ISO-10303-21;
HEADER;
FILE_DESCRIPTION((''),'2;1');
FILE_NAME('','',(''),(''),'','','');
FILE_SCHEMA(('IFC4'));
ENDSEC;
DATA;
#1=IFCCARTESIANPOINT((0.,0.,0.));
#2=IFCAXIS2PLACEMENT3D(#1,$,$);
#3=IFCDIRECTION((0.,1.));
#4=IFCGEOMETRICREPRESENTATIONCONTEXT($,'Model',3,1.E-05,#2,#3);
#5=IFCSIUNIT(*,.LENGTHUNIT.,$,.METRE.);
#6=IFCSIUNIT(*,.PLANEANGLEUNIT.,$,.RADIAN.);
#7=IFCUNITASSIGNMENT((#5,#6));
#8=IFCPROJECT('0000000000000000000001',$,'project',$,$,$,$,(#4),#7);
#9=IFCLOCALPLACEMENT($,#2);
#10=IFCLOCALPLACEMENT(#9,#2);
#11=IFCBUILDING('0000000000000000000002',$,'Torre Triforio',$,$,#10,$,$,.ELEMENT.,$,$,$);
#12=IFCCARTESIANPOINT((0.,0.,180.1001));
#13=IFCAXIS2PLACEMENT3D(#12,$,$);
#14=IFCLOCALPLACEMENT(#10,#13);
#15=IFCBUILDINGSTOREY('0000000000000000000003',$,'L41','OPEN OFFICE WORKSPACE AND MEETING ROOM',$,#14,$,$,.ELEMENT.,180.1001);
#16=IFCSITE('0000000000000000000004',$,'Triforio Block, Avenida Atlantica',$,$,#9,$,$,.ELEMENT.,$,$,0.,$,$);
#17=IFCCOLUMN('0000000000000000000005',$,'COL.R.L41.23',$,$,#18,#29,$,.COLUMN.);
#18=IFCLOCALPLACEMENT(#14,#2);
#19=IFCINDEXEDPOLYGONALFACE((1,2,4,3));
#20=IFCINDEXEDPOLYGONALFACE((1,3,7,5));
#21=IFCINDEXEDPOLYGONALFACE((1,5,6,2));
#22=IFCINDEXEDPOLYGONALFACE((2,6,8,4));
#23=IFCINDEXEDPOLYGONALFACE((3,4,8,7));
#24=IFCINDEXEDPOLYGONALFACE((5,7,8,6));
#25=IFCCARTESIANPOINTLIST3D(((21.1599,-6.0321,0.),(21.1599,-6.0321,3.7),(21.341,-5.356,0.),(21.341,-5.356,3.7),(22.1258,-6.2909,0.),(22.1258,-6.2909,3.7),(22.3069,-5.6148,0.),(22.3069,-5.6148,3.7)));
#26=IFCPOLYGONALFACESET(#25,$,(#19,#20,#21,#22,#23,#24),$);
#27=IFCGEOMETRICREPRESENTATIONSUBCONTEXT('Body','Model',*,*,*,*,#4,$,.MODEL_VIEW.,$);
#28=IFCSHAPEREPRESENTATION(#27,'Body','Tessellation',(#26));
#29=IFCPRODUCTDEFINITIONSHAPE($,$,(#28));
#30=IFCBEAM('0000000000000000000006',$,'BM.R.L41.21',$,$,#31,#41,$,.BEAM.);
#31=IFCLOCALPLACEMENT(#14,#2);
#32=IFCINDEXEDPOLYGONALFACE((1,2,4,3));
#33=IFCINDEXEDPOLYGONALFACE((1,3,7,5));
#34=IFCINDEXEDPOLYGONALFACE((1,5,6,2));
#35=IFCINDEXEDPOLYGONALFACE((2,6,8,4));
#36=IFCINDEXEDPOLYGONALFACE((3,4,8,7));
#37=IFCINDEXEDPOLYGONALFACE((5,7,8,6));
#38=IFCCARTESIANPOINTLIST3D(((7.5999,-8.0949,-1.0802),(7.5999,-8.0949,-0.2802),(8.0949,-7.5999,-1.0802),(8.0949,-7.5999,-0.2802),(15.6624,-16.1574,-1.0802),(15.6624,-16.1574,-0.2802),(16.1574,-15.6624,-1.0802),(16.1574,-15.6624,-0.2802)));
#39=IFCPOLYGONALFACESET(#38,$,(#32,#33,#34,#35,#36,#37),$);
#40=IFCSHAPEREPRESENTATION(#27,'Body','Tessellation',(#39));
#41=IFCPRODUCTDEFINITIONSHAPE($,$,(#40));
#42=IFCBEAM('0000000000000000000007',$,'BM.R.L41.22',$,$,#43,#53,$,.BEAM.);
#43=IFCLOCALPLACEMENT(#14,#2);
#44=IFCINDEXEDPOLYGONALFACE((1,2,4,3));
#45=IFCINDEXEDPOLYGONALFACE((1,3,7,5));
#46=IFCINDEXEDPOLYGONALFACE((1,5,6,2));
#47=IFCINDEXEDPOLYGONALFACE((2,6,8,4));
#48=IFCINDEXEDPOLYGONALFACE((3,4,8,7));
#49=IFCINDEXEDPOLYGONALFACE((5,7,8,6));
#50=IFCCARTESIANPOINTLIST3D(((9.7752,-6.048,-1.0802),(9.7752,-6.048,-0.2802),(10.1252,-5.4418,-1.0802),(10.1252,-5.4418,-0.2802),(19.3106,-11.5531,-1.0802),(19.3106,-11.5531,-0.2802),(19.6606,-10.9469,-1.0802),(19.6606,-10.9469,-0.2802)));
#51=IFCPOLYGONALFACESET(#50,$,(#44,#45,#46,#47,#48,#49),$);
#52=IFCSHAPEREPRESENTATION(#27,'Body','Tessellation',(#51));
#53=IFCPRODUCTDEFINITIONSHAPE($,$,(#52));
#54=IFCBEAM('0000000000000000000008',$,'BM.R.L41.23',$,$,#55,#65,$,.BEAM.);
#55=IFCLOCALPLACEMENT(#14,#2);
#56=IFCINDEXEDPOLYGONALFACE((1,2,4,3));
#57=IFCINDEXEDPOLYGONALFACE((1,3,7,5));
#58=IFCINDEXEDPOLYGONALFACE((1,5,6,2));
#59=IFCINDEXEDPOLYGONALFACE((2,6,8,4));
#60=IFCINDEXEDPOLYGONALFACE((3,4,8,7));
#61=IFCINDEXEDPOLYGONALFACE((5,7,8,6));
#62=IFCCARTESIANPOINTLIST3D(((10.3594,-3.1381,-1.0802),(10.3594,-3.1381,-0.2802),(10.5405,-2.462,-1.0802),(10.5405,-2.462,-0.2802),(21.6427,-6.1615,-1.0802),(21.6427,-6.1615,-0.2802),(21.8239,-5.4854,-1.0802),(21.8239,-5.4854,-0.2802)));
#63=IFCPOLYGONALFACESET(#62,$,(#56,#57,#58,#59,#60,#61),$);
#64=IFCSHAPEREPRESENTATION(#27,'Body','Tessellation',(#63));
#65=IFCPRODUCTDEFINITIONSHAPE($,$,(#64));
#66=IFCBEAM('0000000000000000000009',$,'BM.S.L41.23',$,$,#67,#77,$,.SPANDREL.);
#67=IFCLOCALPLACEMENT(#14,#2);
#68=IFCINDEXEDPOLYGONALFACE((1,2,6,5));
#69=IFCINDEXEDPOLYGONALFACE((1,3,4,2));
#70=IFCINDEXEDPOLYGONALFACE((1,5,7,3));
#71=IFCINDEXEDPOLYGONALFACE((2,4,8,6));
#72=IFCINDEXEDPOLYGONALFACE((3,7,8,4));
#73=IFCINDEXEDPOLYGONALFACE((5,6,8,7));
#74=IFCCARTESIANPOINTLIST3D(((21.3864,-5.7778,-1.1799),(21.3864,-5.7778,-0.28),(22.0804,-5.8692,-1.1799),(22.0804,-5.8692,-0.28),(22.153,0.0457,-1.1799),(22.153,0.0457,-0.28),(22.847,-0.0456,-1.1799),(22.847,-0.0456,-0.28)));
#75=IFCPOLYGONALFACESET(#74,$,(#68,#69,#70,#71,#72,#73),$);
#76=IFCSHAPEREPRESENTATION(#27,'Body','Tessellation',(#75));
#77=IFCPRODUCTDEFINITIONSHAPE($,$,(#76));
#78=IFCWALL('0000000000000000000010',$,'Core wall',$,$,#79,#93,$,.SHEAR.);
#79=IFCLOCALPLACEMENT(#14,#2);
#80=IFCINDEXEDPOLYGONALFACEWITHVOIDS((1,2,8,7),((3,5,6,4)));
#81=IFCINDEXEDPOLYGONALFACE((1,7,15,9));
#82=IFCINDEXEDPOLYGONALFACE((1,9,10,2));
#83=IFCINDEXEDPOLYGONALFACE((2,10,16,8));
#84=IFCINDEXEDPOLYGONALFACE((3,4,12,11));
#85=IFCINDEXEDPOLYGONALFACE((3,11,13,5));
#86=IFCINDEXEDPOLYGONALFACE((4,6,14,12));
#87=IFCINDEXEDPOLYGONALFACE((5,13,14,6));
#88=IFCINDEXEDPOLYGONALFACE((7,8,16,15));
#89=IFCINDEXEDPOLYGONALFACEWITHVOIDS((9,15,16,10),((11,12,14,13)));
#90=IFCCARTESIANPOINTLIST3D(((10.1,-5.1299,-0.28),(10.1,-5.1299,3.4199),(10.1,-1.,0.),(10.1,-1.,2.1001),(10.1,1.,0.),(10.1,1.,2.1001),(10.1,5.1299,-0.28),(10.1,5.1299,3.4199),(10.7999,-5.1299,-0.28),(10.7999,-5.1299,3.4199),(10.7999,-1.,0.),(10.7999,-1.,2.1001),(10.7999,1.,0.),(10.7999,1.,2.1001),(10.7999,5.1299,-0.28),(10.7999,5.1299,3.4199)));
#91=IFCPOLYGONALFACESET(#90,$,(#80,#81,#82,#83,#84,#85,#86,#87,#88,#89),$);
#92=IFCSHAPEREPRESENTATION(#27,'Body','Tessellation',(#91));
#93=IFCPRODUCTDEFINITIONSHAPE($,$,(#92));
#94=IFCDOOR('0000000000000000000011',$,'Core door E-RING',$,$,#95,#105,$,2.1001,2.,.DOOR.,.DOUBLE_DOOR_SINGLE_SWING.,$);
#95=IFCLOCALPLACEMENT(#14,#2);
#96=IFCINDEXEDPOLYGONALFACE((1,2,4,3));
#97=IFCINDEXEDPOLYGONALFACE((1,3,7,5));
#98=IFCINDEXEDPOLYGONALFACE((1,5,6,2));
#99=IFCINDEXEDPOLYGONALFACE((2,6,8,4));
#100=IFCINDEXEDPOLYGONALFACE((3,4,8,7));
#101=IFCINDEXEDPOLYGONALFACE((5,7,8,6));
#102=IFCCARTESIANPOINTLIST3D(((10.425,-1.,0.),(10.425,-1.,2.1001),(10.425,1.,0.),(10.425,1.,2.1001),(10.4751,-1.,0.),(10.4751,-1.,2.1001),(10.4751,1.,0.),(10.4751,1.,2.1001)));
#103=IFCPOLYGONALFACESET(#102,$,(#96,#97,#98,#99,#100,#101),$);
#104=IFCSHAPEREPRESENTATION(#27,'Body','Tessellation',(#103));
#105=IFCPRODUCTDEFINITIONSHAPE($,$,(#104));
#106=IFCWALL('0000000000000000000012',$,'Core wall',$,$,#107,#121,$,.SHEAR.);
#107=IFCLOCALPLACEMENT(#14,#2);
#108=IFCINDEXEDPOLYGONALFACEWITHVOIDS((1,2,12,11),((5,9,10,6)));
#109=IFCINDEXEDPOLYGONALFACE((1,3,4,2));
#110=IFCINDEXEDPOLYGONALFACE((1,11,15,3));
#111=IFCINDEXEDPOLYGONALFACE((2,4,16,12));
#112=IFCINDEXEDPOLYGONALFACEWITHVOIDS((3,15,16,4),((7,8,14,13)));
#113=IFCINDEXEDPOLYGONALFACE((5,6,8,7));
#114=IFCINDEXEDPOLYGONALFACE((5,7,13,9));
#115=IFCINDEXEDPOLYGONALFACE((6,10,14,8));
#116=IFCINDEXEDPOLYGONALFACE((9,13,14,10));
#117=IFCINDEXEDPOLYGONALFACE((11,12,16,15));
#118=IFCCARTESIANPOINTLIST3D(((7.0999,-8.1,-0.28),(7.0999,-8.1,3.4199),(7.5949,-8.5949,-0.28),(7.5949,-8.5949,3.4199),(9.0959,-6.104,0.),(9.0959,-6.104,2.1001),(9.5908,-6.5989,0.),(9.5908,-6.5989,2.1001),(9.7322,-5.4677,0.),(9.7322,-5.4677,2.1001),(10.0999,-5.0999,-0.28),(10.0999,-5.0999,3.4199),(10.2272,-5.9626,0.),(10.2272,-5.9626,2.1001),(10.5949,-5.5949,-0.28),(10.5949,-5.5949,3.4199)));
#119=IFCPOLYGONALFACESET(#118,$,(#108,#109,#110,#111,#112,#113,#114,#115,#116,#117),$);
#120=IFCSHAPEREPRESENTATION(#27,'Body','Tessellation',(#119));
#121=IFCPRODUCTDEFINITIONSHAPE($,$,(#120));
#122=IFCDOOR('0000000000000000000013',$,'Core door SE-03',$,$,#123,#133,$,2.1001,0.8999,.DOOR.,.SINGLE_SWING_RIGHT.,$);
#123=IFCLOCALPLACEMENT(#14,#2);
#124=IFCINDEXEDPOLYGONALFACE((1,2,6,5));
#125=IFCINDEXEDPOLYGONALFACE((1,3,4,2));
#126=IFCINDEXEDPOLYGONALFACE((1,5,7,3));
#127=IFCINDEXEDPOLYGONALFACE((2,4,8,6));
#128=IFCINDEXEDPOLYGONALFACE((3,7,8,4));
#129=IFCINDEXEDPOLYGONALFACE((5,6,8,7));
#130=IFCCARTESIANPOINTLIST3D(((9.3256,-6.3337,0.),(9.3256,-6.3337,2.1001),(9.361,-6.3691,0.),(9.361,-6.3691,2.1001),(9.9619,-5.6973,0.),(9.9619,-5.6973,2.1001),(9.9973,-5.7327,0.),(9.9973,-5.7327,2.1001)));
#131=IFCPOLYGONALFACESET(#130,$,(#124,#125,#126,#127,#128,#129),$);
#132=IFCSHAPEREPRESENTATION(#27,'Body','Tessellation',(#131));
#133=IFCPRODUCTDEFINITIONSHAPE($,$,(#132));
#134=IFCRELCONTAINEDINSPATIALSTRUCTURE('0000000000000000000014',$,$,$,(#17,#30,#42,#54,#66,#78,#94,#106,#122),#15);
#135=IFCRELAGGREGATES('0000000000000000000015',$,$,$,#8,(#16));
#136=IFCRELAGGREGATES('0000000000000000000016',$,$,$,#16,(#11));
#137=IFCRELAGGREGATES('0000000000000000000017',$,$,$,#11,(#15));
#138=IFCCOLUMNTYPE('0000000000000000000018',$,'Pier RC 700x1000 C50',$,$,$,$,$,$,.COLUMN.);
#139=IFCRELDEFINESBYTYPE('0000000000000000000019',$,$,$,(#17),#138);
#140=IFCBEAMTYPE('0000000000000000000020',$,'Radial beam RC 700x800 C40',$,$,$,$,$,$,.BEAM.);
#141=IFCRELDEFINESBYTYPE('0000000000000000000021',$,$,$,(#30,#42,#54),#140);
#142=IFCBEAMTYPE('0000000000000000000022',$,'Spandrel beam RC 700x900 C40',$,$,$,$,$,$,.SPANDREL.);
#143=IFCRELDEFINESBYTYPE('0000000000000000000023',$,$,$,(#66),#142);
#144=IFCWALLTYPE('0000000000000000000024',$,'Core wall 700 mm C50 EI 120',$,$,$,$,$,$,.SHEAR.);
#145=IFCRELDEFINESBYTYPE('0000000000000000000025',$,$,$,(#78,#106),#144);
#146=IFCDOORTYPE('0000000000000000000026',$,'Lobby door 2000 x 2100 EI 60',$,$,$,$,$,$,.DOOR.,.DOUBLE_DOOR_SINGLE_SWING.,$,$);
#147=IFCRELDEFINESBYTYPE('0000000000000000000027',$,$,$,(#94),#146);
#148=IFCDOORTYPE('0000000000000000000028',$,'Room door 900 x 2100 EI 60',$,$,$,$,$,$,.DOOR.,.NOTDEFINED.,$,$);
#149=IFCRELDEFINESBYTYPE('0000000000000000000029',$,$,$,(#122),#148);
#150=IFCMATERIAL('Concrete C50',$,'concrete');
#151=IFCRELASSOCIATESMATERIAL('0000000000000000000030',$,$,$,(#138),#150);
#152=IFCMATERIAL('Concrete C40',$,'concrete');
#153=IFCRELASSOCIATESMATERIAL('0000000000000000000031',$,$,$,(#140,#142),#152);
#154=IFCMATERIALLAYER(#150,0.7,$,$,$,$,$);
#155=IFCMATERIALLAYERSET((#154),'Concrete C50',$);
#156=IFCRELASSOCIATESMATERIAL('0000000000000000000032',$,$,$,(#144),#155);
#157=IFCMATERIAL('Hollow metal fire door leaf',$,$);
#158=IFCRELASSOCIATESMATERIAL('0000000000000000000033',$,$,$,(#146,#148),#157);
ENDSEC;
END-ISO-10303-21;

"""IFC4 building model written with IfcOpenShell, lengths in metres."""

from ifc_helpers import new_model, si_unit, direction, frame, frame_2d, origin, origin_2d, place, context, subcontext, project, spatial, rectangle, extrude, material, layer, layer_set, material_profile, profile_set, type_object, element, fill, save


model = new_model("IFC4")

# Units and contexts
model_context = context("Model", 3, precision=1e-05, world=origin(), true_north=direction((0.0, 1.0)))
body_context = subcontext(model_context, "Body", "Model", "MODEL_VIEW")
ifc_project = project(units=[si_unit("LENGTHUNIT", "METRE"), si_unit("PLANEANGLEUNIT", "RADIAN")], contexts=[model_context])

# Site, building, storey
site_placement = place(None, origin())
site = spatial("IfcSite", under=ifc_project, at=site_placement, Name="Triforio Block, Avenida Atlantica", CompositionType="ELEMENT", RefElevation=0.0)
building_placement = place(site_placement, origin())
building = spatial("IfcBuilding", under=site, at=building_placement, Name="Torre Triforio", CompositionType="ELEMENT")
storey_placement = place(building_placement, frame((0.0, 0.0, 180.1001)))
storey = spatial("IfcBuildingStorey", under=building, at=storey_placement, Name="L41", Description="OPEN OFFICE WORKSPACE AND MEETING ROOM", CompositionType="ELEMENT", Elevation=180.1001)

# Column
ifc_material_1 = material(Name="Concrete C50", Category="concrete")
ifc_material_profile_1 = material_profile(ifc_material_1, rectangle(XDim=0.7, YDim=1.0, at=origin_2d()), Name="RC 700x1000")
ifc_profile_set_1 = profile_set([ifc_material_profile_1], Name="Concrete C50")
column_type = type_object("IfcColumnType", Name="Pier RC 700x1000 C50", PredefinedType="COLUMN", material=ifc_profile_set_1)
column_placement = place(storey_placement, frame((21.7334, -5.8235, 0.0), z_axis=(0.0, 0.0, 1.0), x_axis=(0.258819, 0.965926, 0.0)))
element("IfcColumn", 1, at=column_placement, inside=storey, type_object=column_type, Name="COL.R.L41.23", PredefinedType="COLUMN", context=body_context, shape_type="SweptSolid", body=[
    extrude(rectangle(XDim=0.7, YDim=1.0, at=origin_2d()), origin(), (0.0, 0.0, 1.0), 3.7),
])

# Beams
ifc_material_2 = material(Name="Concrete C40", Category="concrete")
ifc_material_profile_2 = material_profile(ifc_material_2, rectangle(XDim=0.7, YDim=0.8, at=origin_2d()), Name="RC 700x800")
ifc_profile_set_2 = profile_set([ifc_material_profile_2], Name="Concrete C40")
beam_type_1 = type_object("IfcBeamType", Name="Radial beam RC 700x800 C40", PredefinedType="BEAM", material=ifc_profile_set_2)
beam_1_placement = place(storey_placement, frame((7.8474, -7.8474, -0.6802), z_axis=(0.707107, -0.707107, 0.0), x_axis=(0.707107, 0.707107, 0.0)))
element("IfcBeam", 2, at=beam_1_placement, inside=storey, type_object=beam_type_1, Name="BM.R.L41.21", PredefinedType="BEAM", context=body_context, shape_type="SweptSolid", body=[
    extrude(rectangle(XDim=0.7, YDim=0.8, at=origin_2d()), origin(), (0.0, 0.0, 1.0), 11.4021),
])
beam_2_placement = place(storey_placement, frame((9.9502, -5.7449, -0.6802), z_axis=(0.866031, -0.499991, 0.0), x_axis=(0.499991, 0.866031, 0.0)))
element("IfcBeam", 3, at=beam_2_placement, inside=storey, type_object=beam_type_1, Name="BM.R.L41.22", PredefinedType="BEAM", context=body_context, shape_type="SweptSolid", body=[
    extrude(rectangle(XDim=0.7, YDim=0.8, at=origin_2d()), origin(), (0.0, 0.0, 1.0), 11.0105),
])
beam_3_placement = place(storey_placement, frame((10.45, -2.8, -0.6802), z_axis=(0.965925, -0.258823, 0.0), x_axis=(0.258823, 0.965925, 0.0)))
element("IfcBeam", 4, at=beam_3_placement, inside=storey, type_object=beam_type_1, Name="BM.R.L41.23", PredefinedType="BEAM", context=body_context, shape_type="SweptSolid", body=[
    extrude(rectangle(XDim=0.7, YDim=0.8, at=origin_2d()), origin(), (0.0, 0.0, 1.0), 11.6814),
])
ifc_material_profile_3 = material_profile(ifc_material_2, rectangle(XDim=0.7, YDim=0.8999, at=origin_2d()), Name="RC 700x900")
ifc_profile_set_3 = profile_set([ifc_material_profile_3], Name="Concrete C40")
beam_type_2 = type_object("IfcBeamType", Name="Spandrel beam RC 700x900 C40", PredefinedType="SPANDREL", material=ifc_profile_set_3)
beam_4_placement = place(storey_placement, frame((21.7334, -5.8235, -0.73), z_axis=(0.130514, 0.991447, 0.0), x_axis=(-0.991447, 0.130514, 0.0)))
element("IfcBeam", 5, at=beam_4_placement, inside=storey, type_object=beam_type_2, Name="BM.S.L41.23", PredefinedType="SPANDREL", context=body_context, shape_type="SweptSolid", body=[
    extrude(rectangle(XDim=0.7, YDim=0.8999, at=origin_2d()), origin(), (0.0, 0.0, 1.0), 5.8738),
])

# Walls, openings, doors
ifc_layer_1 = layer(ifc_material_1, 0.7)
ifc_layer_set_1 = layer_set([ifc_layer_1], Name="Concrete C50")
wall_type_1 = type_object("IfcWallType", Name="Core wall 700 mm C50 EI 120", PredefinedType="SHEAR", material=ifc_layer_set_1)
wall_1_placement = place(storey_placement, frame((10.45, -5.1299, -0.28), z_axis=(0.0, 0.0, 1.0), x_axis=(0.0, 1.0, 0.0)))
wall_1 = element("IfcWall", 6, at=wall_1_placement, inside=storey, type_object=wall_type_1, Name="Core wall", PredefinedType="SHEAR", context=body_context, shape_type="SweptSolid", body=[
    extrude(rectangle(XDim=10.2598, YDim=0.7, at=frame_2d((5.1299, 0.0))), origin(), (0.0, 0.0, 1.0), 3.7),
])
opening_1_placement = place(wall_1_placement, frame((4.1299, 0.0, 0.28)))
opening_1 = element("IfcOpeningElement", 7, at=opening_1_placement, cuts=wall_1, PredefinedType="OPENING", context=body_context, shape_type="SweptSolid", body=[
    extrude(rectangle(XDim=2.0, YDim=2.1001, at=frame_2d((1.0, 1.05))), frame((0.0, 0.3599, 0.0), z_axis=(0.0, -1.0, 0.0), x_axis=(1.0, 0.0, 0.0)), (0.0, 0.0, 1.0), 0.72),
])
ifc_material_3 = material(Name="Hollow metal fire door leaf")
door_type_1 = type_object("IfcDoorType", Name="Lobby door 2000 x 2100 EI 60", OperationType="DOUBLE_DOOR_SINGLE_SWING", PredefinedType="DOOR", material=ifc_material_3)
door_1_placement = place(opening_1_placement, origin())
door_1 = element("IfcDoor", 8, at=door_1_placement, inside=storey, type_object=door_type_1, Name="Core door E-RING", OperationType="DOUBLE_DOOR_SINGLE_SWING", OverallHeight=2.1001, OverallWidth=2.0, PredefinedType="DOOR", context=body_context, shape_type="SweptSolid", body=[
    extrude(rectangle(XDim=2.0, YDim=2.1001, at=frame_2d((1.0, 1.05))), frame((0.0, 0.0249, 0.0), z_axis=(0.0, -1.0, 0.0), x_axis=(1.0, 0.0, 0.0)), (0.0, 0.0, 1.0), 0.05),
])
fill(opening_1, door_1)
wall_2_placement = place(storey_placement, frame((10.3474, -5.3474, -0.28), z_axis=(0.0, 0.0, 1.0), x_axis=(-0.707107, -0.707107, 0.0)))
wall_2 = element("IfcWall", 9, at=wall_2_placement, inside=storey, type_object=wall_type_1, Name="Core wall", PredefinedType="SHEAR", context=body_context, shape_type="SweptSolid", body=[
    extrude(rectangle(XDim=4.2427, YDim=0.7, at=frame_2d((2.1213, 0.0))), origin(), (0.0, 0.0, 1.0), 3.7),
])
opening_2_placement = place(wall_2_placement, frame((0.52, 0.0, 0.28)))
opening_2 = element("IfcOpeningElement", 10, at=opening_2_placement, cuts=wall_2, PredefinedType="OPENING", context=body_context, shape_type="SweptSolid", body=[
    extrude(rectangle(XDim=0.8999, YDim=2.1001, at=frame_2d((0.45, 1.05))), frame((0.0, 0.3599, 0.0), z_axis=(0.0, -1.0, 0.0), x_axis=(1.0, 0.0, 0.0)), (0.0, 0.0, 1.0), 0.72),
])
door_type_2 = type_object("IfcDoorType", Name="Room door 900 x 2100 EI 60", OperationType="NOTDEFINED", PredefinedType="DOOR", material=ifc_material_3)
door_2_placement = place(opening_2_placement, origin())
door_2 = element("IfcDoor", 11, at=door_2_placement, inside=storey, type_object=door_type_2, Name="Core door SE-03", OperationType="SINGLE_SWING_RIGHT", OverallHeight=2.1001, OverallWidth=0.8999, PredefinedType="DOOR", context=body_context, shape_type="SweptSolid", body=[
    extrude(rectangle(XDim=0.8999, YDim=2.1001, at=frame_2d((0.45, 1.05))), frame((0.0, 0.0249, 0.0), z_axis=(0.0, -1.0, 0.0), x_axis=(1.0, 0.0, 0.0)), (0.0, 0.0, 1.0), 0.05),
])
fill(opening_2, door_2)

save(model, "model.ifc")
